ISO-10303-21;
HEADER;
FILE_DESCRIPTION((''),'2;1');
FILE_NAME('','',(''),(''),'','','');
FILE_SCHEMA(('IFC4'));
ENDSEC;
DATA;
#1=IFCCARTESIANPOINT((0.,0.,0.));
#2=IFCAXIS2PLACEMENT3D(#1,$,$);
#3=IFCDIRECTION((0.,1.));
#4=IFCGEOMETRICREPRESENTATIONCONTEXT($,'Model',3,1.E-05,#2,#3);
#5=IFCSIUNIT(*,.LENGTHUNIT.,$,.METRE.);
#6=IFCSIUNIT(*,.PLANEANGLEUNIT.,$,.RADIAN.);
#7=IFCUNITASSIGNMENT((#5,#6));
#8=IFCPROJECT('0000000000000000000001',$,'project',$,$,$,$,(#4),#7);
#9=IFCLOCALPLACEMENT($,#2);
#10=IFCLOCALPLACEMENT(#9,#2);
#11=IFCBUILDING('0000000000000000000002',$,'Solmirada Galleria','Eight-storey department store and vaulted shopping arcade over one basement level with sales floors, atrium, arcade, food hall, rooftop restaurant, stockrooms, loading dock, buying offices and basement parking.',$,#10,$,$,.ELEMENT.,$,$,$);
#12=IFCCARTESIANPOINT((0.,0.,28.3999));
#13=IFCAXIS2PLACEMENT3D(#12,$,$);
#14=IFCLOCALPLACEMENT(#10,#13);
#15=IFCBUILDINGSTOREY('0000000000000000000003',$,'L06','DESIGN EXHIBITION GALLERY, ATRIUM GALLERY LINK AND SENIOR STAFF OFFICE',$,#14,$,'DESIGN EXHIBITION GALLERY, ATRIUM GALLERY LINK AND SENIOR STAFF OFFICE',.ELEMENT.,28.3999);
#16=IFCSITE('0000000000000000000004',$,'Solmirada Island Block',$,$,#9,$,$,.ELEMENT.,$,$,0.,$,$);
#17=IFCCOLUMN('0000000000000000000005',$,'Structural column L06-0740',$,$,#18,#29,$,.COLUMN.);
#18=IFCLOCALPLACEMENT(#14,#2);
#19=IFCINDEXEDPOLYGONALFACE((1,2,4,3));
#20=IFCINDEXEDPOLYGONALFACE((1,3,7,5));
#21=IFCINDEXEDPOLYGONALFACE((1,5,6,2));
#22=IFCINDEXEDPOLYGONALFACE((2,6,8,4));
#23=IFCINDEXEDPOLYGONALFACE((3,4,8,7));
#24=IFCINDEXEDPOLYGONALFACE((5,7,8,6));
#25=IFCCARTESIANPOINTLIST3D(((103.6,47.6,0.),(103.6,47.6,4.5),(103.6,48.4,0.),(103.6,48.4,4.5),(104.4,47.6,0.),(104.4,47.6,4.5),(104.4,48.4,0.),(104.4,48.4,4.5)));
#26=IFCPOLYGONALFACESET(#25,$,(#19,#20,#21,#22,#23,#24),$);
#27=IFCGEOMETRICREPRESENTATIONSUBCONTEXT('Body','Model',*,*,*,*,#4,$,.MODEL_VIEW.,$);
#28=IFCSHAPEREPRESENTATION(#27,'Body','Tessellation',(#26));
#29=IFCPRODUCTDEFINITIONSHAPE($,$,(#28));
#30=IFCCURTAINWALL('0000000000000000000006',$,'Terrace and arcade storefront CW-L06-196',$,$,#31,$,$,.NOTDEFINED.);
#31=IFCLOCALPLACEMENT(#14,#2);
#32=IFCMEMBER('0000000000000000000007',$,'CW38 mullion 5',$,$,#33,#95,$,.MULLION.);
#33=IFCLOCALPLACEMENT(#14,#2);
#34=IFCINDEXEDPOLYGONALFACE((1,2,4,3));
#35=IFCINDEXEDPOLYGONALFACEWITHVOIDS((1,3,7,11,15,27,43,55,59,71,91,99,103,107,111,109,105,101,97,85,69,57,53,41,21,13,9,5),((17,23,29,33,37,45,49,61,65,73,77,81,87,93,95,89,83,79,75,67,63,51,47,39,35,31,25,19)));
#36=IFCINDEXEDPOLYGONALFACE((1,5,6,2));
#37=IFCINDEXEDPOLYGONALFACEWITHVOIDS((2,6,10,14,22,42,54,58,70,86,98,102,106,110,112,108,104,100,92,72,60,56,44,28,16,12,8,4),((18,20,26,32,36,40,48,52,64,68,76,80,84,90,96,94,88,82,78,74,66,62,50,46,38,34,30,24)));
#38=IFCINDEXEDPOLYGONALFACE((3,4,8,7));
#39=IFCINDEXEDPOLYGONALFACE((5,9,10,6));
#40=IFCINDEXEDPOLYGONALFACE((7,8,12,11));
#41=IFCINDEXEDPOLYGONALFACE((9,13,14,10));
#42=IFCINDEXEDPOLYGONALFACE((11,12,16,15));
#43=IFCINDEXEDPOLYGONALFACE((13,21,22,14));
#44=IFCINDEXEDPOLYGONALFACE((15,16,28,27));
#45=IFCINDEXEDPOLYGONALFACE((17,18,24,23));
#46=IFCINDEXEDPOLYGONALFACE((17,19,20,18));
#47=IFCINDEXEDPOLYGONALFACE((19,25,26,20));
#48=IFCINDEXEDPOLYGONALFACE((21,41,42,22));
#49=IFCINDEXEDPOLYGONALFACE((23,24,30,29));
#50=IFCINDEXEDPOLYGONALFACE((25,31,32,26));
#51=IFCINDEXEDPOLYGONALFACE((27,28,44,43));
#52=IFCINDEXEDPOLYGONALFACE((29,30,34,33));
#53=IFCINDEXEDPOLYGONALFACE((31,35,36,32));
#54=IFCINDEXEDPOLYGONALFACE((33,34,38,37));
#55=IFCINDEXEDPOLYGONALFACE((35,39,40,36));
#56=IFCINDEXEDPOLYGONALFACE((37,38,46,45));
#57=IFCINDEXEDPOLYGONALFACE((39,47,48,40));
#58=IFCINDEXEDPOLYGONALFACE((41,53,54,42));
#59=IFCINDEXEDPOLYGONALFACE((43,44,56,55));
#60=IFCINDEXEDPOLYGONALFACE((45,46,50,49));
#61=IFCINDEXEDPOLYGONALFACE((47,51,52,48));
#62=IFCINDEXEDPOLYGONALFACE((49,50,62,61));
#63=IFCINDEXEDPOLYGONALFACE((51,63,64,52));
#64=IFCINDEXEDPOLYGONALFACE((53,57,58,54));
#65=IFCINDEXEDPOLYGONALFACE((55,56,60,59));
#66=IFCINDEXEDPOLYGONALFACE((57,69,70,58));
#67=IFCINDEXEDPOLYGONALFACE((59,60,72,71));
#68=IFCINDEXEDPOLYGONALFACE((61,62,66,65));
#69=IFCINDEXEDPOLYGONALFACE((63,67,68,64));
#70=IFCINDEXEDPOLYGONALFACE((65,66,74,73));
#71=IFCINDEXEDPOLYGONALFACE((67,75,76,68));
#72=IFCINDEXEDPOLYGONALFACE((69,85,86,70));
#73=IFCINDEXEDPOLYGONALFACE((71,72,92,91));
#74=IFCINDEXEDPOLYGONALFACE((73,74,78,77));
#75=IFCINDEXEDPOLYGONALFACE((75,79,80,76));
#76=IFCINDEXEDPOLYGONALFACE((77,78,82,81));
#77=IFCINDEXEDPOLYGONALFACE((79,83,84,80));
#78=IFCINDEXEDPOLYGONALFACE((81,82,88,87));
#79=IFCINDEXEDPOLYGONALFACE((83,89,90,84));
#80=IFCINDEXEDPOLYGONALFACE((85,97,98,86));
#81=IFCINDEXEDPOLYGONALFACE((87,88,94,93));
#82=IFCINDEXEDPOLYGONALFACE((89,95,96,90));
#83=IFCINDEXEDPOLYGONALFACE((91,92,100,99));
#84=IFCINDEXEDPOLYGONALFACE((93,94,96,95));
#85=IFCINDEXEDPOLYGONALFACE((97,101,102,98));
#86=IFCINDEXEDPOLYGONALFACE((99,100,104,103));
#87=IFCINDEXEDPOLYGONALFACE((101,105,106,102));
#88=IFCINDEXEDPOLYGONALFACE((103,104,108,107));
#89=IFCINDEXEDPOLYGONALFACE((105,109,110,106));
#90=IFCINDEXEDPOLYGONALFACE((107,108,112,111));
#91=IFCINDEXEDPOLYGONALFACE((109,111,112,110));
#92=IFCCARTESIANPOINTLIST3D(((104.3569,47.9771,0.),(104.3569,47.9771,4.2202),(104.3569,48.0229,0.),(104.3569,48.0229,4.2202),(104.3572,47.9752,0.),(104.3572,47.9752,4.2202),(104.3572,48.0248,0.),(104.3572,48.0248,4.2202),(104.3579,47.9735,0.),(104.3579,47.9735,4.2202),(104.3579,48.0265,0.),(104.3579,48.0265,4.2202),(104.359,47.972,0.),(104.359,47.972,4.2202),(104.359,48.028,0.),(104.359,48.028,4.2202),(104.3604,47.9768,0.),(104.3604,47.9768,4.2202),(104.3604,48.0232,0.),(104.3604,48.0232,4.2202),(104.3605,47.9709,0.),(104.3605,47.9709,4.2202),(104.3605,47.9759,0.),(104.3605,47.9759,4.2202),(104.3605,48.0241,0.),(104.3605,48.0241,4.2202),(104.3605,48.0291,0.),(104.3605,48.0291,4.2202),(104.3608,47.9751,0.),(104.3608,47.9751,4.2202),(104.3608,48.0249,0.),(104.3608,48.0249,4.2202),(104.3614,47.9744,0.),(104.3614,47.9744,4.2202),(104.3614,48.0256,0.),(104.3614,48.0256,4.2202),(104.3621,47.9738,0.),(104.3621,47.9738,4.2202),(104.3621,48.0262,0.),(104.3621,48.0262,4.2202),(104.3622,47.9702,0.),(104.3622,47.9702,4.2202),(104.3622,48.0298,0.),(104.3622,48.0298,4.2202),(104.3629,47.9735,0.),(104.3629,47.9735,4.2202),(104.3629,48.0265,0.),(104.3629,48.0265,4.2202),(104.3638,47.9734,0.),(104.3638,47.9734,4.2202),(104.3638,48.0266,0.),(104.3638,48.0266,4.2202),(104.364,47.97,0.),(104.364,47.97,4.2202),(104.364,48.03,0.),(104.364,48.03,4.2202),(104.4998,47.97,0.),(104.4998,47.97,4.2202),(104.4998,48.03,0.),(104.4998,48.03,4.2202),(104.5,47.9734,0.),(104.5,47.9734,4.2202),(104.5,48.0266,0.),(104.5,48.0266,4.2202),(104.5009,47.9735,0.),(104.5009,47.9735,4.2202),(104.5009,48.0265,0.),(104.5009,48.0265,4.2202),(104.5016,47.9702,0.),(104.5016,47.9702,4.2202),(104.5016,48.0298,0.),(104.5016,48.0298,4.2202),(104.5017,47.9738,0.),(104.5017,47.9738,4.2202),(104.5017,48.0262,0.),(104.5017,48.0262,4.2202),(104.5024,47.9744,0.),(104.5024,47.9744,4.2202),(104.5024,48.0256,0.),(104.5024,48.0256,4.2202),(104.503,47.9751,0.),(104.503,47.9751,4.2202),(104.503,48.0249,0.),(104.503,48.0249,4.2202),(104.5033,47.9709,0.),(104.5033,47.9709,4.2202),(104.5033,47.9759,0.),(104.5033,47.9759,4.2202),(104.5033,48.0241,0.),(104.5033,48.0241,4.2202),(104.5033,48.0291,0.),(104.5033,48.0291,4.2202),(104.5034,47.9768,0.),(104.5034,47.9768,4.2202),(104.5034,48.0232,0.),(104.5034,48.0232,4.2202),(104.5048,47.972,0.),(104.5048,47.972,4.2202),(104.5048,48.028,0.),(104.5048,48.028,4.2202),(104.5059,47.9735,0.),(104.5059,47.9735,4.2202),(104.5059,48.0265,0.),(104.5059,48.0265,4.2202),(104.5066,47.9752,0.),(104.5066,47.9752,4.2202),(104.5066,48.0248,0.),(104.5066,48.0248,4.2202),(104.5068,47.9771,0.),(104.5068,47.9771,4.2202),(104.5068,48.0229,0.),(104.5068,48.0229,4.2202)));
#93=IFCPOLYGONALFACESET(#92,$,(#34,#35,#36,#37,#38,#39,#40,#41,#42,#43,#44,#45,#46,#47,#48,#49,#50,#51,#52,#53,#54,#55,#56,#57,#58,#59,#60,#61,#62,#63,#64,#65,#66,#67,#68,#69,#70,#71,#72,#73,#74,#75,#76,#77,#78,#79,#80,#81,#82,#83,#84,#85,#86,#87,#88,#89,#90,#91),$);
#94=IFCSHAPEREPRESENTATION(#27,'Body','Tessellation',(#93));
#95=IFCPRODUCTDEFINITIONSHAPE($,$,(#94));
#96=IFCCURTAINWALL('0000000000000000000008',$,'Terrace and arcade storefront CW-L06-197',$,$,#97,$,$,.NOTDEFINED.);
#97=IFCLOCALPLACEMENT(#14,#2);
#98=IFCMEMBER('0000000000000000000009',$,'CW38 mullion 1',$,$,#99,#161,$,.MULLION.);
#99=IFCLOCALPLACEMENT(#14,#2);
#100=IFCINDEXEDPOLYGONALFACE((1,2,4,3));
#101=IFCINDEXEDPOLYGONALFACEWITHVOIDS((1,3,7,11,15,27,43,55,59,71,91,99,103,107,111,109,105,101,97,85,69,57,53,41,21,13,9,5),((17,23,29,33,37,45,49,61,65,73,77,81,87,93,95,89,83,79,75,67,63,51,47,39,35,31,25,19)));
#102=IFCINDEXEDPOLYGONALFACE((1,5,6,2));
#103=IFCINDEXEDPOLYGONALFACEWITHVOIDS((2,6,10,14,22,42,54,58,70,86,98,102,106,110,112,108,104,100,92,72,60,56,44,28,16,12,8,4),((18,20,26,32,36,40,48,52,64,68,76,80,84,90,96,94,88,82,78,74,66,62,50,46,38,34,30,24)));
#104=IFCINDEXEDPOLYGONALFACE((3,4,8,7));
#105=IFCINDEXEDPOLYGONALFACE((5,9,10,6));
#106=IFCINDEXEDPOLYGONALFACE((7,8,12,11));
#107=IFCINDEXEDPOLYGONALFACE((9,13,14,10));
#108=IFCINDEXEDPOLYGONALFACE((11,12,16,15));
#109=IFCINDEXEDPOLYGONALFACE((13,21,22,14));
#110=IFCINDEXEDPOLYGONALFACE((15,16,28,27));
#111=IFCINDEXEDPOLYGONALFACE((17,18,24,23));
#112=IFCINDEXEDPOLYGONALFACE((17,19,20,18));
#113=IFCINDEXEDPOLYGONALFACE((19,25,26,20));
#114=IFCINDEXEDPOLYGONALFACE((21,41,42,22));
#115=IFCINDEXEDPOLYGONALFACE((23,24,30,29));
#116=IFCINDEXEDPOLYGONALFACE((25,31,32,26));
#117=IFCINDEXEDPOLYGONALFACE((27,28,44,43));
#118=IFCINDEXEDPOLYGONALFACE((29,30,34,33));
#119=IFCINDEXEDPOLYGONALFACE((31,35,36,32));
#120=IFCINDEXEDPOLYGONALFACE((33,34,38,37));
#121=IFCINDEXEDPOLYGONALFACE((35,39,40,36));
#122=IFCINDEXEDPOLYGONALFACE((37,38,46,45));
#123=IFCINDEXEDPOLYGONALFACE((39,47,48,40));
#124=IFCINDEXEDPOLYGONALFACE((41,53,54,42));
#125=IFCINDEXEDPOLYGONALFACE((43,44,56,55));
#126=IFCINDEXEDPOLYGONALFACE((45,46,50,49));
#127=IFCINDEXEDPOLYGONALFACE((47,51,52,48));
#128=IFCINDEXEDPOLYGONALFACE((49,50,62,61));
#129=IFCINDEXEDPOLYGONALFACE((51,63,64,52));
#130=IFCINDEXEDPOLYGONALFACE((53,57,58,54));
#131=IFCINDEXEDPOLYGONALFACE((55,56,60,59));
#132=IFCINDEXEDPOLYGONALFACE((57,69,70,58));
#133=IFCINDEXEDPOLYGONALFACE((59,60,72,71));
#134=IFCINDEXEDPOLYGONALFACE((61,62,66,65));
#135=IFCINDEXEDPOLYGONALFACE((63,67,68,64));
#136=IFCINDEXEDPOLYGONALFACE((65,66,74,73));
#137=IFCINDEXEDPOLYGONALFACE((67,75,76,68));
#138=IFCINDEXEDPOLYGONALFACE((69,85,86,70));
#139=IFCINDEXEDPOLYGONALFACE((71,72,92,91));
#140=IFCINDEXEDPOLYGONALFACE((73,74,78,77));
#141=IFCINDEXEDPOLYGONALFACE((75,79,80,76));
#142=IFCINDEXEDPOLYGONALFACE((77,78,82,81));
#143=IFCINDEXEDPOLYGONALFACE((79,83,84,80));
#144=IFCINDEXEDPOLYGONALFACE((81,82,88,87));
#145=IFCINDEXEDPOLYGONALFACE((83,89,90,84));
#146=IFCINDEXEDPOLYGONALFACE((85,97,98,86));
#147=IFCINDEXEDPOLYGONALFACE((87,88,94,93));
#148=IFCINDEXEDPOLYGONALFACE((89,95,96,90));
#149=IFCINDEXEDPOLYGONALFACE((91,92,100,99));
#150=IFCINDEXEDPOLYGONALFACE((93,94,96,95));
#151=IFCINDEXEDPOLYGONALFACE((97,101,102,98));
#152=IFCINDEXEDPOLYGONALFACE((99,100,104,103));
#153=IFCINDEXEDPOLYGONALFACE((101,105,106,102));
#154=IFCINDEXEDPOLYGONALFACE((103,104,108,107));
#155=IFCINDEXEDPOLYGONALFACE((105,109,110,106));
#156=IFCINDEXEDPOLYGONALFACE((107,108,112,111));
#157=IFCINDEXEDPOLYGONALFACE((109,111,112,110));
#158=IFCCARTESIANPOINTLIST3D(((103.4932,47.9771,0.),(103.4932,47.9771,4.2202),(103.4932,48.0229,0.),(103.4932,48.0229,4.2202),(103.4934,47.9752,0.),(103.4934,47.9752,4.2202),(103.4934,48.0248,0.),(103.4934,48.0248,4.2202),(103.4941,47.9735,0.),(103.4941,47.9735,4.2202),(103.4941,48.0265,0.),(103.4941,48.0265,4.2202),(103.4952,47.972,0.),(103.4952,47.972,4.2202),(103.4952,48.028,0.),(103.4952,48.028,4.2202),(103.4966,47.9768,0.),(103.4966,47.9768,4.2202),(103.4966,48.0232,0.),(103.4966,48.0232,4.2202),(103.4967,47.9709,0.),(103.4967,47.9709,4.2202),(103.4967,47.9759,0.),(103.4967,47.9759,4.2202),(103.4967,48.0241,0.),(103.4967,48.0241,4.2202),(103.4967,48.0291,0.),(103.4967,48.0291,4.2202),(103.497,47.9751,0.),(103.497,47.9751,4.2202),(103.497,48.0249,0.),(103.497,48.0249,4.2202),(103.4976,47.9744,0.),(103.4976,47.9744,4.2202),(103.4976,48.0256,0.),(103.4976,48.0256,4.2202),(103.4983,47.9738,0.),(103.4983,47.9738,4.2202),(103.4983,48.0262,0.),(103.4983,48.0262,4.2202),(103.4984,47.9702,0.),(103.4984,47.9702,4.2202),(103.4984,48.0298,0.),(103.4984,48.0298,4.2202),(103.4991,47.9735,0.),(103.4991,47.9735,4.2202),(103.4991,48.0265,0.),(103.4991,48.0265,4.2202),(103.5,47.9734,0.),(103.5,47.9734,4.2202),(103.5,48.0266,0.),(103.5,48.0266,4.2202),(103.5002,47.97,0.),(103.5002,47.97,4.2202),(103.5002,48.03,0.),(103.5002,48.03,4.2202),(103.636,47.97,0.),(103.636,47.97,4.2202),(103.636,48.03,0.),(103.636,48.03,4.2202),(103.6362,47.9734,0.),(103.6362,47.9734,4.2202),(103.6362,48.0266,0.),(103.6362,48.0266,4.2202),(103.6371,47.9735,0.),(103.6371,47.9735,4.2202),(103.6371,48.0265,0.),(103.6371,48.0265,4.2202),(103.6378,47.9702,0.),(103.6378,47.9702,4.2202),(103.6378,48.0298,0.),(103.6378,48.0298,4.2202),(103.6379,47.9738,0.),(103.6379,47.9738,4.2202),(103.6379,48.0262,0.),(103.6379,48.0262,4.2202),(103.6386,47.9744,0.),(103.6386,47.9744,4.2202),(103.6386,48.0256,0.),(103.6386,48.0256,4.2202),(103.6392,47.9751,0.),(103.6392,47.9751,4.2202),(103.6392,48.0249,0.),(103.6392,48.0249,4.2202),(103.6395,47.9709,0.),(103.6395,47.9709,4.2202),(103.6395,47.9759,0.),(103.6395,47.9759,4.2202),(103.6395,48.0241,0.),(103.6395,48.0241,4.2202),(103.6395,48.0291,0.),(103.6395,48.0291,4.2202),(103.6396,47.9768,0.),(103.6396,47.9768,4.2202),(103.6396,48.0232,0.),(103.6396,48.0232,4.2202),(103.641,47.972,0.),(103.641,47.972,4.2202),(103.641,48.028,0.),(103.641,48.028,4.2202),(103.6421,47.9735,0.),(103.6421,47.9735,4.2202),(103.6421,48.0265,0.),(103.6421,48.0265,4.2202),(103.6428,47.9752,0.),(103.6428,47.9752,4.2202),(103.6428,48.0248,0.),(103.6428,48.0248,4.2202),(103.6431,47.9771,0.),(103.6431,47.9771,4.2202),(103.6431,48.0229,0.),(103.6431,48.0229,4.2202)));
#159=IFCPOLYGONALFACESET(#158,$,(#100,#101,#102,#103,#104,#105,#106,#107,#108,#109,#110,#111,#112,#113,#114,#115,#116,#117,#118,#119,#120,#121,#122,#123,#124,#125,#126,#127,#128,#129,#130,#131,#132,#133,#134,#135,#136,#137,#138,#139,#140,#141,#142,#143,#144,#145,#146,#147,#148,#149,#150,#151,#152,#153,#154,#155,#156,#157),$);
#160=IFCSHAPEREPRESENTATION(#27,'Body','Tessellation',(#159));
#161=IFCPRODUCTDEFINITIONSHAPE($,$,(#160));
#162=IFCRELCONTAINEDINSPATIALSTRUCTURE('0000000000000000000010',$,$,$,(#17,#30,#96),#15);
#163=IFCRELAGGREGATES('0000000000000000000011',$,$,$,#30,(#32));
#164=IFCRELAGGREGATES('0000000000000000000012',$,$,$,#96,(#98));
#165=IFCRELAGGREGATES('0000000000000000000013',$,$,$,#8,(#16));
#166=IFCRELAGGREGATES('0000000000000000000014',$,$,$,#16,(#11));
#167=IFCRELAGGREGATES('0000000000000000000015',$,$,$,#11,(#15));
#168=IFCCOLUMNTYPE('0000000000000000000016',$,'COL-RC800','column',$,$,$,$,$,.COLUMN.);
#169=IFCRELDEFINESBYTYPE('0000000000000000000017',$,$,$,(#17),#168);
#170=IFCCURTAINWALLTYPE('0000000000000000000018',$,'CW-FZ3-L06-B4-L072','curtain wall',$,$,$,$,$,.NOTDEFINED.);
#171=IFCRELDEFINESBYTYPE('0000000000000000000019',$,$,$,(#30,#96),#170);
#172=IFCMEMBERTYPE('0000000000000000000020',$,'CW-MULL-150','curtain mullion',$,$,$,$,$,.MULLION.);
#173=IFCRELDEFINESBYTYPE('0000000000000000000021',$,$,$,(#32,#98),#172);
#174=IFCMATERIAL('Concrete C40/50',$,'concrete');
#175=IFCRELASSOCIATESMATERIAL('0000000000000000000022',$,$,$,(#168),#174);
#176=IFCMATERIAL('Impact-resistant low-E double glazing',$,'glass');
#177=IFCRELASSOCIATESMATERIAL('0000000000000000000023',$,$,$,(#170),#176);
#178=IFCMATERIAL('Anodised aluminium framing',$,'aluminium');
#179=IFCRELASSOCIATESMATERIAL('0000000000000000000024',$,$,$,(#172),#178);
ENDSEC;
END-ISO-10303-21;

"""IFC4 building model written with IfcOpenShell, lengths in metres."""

from ifc_helpers import new_model, si_unit, direction, frame, origin, origin_2d, place, context, subcontext, project, spatial, rectangle, hollow_rectangle, extrude, material, material_profile, profile_set, type_object, element, aggregate, save


model = new_model("IFC4")

# Units and contexts
model_context = context("Model", 3, precision=1e-05, world=origin(), true_north=direction((0.0, 1.0)))
body_context = subcontext(model_context, "Body", "Model", "MODEL_VIEW")
ifc_project = project(units=[si_unit("LENGTHUNIT", "METRE"), si_unit("PLANEANGLEUNIT", "RADIAN")], contexts=[model_context])

# Site, building, storey
site_placement = place(None, origin())
site = spatial("IfcSite", under=ifc_project, at=site_placement, Name="Solmirada Island Block", CompositionType="ELEMENT", RefElevation=0.0)
building_placement = place(site_placement, origin())
building = spatial("IfcBuilding", under=site, at=building_placement, Name="Solmirada Galleria", Description="Eight-storey department store and vaulted shopping arcade over one basement level with sales floors, atrium, arcade, food hall, rooftop restaurant, stockrooms, loading dock, buying offices and basement parking.", CompositionType="ELEMENT")
storey_placement = place(building_placement, frame((0.0, 0.0, 28.3999)))
storey = spatial("IfcBuildingStorey", under=building, at=storey_placement, Name="L06", Description="DESIGN EXHIBITION GALLERY, ATRIUM GALLERY LINK AND SENIOR STAFF OFFICE", LongName="DESIGN EXHIBITION GALLERY, ATRIUM GALLERY LINK AND SENIOR STAFF OFFICE", CompositionType="ELEMENT", Elevation=28.3999)

# Column
ifc_material_1 = material(Name="Concrete C40/50", Category="concrete")
ifc_material_profile_1 = material_profile(ifc_material_1, rectangle(XDim=0.8, YDim=0.8, at=origin_2d()), Name="RC800X800")
ifc_profile_set_1 = profile_set([ifc_material_profile_1], Name="Concrete C40/50")
column_type = type_object("IfcColumnType", Name="COL-RC800", Description="column", PredefinedType="COLUMN", material=ifc_profile_set_1)
column_placement = place(storey_placement, frame((104.0, 48.0, 0.0), z_axis=(0.0, 0.0, 1.0), x_axis=(1.0, 0.0, 0.0)))
element("IfcColumn", 1, at=column_placement, inside=storey, type_object=column_type, Name="Structural column L06-0740", PredefinedType="COLUMN", context=body_context, shape_type="SweptSolid", body=[
    extrude(rectangle(XDim=0.8, YDim=0.8, at=origin_2d()), origin(), (0.0, 0.0, 1.0), 4.5),
])

# Curtain wall, member
ifc_material_2 = material(Name="Impact-resistant low-E double glazing", Category="glass")
curtain_wall_type = type_object("IfcCurtainWallType", Name="CW-FZ3-L06-B4-L072", Description="curtain wall", PredefinedType="NOTDEFINED", material=ifc_material_2)
curtain_wall_1_placement = place(storey_placement, origin())
curtain_wall_1 = element("IfcCurtainWall", 2, at=curtain_wall_1_placement, inside=storey, type_object=curtain_wall_type, Name="Terrace and arcade storefront CW-L06-196", PredefinedType="NOTDEFINED")
ifc_material_3 = material(Name="Anodised aluminium framing", Category="aluminium")
ifc_material_profile_2 = material_profile(ifc_material_3, hollow_rectangle(XDim=0.0601, YDim=0.1499, WallThickness=0.0034, InnerFilletRadius=0.0034, OuterFilletRadius=0.0071, at=origin_2d()), Name="ALU-MULL-150X60")
ifc_profile_set_2 = profile_set([ifc_material_profile_2], Name="Anodised aluminium framing")
member_type_1 = type_object("IfcMemberType", Name="CW-MULL-150", Description="curtain mullion", PredefinedType="MULLION", material=ifc_profile_set_2)
member_1_placement = place(storey_placement, frame((104.4319, 48.0, 0.0), z_axis=(0.0, 0.0, 1.0), x_axis=(0.0, -1.0, 0.0)))
member_1 = element("IfcMember", 3, at=member_1_placement, type_object=member_type_1, Name="CW38 mullion 5", PredefinedType="MULLION", context=body_context, shape_type="SweptSolid", body=[
    extrude(hollow_rectangle(XDim=0.0601, YDim=0.1499, WallThickness=0.0034, InnerFilletRadius=0.0034, OuterFilletRadius=0.0071, at=origin_2d()), origin(), (0.0, 0.0, 1.0), 4.2202),
])

# Curtain wall, member
curtain_wall_2_placement = place(storey_placement, origin())
curtain_wall_2 = element("IfcCurtainWall", 4, at=curtain_wall_2_placement, inside=storey, type_object=curtain_wall_type, Name="Terrace and arcade storefront CW-L06-197", PredefinedType="NOTDEFINED")
member_2_placement = place(storey_placement, frame((103.5681, 48.0, 0.0), z_axis=(0.0, 0.0, 1.0), x_axis=(0.0, -1.0, 0.0)))
member_2 = element("IfcMember", 5, at=member_2_placement, type_object=member_type_1, Name="CW38 mullion 1", PredefinedType="MULLION", context=body_context, shape_type="SweptSolid", body=[
    extrude(hollow_rectangle(XDim=0.0601, YDim=0.1499, WallThickness=0.0034, InnerFilletRadius=0.0034, OuterFilletRadius=0.0071, at=origin_2d()), origin(), (0.0, 0.0, 1.0), 4.2202),
])

aggregate(curtain_wall_1, [member_1])
aggregate(curtain_wall_2, [member_2])

save(model, "model.ifc")
